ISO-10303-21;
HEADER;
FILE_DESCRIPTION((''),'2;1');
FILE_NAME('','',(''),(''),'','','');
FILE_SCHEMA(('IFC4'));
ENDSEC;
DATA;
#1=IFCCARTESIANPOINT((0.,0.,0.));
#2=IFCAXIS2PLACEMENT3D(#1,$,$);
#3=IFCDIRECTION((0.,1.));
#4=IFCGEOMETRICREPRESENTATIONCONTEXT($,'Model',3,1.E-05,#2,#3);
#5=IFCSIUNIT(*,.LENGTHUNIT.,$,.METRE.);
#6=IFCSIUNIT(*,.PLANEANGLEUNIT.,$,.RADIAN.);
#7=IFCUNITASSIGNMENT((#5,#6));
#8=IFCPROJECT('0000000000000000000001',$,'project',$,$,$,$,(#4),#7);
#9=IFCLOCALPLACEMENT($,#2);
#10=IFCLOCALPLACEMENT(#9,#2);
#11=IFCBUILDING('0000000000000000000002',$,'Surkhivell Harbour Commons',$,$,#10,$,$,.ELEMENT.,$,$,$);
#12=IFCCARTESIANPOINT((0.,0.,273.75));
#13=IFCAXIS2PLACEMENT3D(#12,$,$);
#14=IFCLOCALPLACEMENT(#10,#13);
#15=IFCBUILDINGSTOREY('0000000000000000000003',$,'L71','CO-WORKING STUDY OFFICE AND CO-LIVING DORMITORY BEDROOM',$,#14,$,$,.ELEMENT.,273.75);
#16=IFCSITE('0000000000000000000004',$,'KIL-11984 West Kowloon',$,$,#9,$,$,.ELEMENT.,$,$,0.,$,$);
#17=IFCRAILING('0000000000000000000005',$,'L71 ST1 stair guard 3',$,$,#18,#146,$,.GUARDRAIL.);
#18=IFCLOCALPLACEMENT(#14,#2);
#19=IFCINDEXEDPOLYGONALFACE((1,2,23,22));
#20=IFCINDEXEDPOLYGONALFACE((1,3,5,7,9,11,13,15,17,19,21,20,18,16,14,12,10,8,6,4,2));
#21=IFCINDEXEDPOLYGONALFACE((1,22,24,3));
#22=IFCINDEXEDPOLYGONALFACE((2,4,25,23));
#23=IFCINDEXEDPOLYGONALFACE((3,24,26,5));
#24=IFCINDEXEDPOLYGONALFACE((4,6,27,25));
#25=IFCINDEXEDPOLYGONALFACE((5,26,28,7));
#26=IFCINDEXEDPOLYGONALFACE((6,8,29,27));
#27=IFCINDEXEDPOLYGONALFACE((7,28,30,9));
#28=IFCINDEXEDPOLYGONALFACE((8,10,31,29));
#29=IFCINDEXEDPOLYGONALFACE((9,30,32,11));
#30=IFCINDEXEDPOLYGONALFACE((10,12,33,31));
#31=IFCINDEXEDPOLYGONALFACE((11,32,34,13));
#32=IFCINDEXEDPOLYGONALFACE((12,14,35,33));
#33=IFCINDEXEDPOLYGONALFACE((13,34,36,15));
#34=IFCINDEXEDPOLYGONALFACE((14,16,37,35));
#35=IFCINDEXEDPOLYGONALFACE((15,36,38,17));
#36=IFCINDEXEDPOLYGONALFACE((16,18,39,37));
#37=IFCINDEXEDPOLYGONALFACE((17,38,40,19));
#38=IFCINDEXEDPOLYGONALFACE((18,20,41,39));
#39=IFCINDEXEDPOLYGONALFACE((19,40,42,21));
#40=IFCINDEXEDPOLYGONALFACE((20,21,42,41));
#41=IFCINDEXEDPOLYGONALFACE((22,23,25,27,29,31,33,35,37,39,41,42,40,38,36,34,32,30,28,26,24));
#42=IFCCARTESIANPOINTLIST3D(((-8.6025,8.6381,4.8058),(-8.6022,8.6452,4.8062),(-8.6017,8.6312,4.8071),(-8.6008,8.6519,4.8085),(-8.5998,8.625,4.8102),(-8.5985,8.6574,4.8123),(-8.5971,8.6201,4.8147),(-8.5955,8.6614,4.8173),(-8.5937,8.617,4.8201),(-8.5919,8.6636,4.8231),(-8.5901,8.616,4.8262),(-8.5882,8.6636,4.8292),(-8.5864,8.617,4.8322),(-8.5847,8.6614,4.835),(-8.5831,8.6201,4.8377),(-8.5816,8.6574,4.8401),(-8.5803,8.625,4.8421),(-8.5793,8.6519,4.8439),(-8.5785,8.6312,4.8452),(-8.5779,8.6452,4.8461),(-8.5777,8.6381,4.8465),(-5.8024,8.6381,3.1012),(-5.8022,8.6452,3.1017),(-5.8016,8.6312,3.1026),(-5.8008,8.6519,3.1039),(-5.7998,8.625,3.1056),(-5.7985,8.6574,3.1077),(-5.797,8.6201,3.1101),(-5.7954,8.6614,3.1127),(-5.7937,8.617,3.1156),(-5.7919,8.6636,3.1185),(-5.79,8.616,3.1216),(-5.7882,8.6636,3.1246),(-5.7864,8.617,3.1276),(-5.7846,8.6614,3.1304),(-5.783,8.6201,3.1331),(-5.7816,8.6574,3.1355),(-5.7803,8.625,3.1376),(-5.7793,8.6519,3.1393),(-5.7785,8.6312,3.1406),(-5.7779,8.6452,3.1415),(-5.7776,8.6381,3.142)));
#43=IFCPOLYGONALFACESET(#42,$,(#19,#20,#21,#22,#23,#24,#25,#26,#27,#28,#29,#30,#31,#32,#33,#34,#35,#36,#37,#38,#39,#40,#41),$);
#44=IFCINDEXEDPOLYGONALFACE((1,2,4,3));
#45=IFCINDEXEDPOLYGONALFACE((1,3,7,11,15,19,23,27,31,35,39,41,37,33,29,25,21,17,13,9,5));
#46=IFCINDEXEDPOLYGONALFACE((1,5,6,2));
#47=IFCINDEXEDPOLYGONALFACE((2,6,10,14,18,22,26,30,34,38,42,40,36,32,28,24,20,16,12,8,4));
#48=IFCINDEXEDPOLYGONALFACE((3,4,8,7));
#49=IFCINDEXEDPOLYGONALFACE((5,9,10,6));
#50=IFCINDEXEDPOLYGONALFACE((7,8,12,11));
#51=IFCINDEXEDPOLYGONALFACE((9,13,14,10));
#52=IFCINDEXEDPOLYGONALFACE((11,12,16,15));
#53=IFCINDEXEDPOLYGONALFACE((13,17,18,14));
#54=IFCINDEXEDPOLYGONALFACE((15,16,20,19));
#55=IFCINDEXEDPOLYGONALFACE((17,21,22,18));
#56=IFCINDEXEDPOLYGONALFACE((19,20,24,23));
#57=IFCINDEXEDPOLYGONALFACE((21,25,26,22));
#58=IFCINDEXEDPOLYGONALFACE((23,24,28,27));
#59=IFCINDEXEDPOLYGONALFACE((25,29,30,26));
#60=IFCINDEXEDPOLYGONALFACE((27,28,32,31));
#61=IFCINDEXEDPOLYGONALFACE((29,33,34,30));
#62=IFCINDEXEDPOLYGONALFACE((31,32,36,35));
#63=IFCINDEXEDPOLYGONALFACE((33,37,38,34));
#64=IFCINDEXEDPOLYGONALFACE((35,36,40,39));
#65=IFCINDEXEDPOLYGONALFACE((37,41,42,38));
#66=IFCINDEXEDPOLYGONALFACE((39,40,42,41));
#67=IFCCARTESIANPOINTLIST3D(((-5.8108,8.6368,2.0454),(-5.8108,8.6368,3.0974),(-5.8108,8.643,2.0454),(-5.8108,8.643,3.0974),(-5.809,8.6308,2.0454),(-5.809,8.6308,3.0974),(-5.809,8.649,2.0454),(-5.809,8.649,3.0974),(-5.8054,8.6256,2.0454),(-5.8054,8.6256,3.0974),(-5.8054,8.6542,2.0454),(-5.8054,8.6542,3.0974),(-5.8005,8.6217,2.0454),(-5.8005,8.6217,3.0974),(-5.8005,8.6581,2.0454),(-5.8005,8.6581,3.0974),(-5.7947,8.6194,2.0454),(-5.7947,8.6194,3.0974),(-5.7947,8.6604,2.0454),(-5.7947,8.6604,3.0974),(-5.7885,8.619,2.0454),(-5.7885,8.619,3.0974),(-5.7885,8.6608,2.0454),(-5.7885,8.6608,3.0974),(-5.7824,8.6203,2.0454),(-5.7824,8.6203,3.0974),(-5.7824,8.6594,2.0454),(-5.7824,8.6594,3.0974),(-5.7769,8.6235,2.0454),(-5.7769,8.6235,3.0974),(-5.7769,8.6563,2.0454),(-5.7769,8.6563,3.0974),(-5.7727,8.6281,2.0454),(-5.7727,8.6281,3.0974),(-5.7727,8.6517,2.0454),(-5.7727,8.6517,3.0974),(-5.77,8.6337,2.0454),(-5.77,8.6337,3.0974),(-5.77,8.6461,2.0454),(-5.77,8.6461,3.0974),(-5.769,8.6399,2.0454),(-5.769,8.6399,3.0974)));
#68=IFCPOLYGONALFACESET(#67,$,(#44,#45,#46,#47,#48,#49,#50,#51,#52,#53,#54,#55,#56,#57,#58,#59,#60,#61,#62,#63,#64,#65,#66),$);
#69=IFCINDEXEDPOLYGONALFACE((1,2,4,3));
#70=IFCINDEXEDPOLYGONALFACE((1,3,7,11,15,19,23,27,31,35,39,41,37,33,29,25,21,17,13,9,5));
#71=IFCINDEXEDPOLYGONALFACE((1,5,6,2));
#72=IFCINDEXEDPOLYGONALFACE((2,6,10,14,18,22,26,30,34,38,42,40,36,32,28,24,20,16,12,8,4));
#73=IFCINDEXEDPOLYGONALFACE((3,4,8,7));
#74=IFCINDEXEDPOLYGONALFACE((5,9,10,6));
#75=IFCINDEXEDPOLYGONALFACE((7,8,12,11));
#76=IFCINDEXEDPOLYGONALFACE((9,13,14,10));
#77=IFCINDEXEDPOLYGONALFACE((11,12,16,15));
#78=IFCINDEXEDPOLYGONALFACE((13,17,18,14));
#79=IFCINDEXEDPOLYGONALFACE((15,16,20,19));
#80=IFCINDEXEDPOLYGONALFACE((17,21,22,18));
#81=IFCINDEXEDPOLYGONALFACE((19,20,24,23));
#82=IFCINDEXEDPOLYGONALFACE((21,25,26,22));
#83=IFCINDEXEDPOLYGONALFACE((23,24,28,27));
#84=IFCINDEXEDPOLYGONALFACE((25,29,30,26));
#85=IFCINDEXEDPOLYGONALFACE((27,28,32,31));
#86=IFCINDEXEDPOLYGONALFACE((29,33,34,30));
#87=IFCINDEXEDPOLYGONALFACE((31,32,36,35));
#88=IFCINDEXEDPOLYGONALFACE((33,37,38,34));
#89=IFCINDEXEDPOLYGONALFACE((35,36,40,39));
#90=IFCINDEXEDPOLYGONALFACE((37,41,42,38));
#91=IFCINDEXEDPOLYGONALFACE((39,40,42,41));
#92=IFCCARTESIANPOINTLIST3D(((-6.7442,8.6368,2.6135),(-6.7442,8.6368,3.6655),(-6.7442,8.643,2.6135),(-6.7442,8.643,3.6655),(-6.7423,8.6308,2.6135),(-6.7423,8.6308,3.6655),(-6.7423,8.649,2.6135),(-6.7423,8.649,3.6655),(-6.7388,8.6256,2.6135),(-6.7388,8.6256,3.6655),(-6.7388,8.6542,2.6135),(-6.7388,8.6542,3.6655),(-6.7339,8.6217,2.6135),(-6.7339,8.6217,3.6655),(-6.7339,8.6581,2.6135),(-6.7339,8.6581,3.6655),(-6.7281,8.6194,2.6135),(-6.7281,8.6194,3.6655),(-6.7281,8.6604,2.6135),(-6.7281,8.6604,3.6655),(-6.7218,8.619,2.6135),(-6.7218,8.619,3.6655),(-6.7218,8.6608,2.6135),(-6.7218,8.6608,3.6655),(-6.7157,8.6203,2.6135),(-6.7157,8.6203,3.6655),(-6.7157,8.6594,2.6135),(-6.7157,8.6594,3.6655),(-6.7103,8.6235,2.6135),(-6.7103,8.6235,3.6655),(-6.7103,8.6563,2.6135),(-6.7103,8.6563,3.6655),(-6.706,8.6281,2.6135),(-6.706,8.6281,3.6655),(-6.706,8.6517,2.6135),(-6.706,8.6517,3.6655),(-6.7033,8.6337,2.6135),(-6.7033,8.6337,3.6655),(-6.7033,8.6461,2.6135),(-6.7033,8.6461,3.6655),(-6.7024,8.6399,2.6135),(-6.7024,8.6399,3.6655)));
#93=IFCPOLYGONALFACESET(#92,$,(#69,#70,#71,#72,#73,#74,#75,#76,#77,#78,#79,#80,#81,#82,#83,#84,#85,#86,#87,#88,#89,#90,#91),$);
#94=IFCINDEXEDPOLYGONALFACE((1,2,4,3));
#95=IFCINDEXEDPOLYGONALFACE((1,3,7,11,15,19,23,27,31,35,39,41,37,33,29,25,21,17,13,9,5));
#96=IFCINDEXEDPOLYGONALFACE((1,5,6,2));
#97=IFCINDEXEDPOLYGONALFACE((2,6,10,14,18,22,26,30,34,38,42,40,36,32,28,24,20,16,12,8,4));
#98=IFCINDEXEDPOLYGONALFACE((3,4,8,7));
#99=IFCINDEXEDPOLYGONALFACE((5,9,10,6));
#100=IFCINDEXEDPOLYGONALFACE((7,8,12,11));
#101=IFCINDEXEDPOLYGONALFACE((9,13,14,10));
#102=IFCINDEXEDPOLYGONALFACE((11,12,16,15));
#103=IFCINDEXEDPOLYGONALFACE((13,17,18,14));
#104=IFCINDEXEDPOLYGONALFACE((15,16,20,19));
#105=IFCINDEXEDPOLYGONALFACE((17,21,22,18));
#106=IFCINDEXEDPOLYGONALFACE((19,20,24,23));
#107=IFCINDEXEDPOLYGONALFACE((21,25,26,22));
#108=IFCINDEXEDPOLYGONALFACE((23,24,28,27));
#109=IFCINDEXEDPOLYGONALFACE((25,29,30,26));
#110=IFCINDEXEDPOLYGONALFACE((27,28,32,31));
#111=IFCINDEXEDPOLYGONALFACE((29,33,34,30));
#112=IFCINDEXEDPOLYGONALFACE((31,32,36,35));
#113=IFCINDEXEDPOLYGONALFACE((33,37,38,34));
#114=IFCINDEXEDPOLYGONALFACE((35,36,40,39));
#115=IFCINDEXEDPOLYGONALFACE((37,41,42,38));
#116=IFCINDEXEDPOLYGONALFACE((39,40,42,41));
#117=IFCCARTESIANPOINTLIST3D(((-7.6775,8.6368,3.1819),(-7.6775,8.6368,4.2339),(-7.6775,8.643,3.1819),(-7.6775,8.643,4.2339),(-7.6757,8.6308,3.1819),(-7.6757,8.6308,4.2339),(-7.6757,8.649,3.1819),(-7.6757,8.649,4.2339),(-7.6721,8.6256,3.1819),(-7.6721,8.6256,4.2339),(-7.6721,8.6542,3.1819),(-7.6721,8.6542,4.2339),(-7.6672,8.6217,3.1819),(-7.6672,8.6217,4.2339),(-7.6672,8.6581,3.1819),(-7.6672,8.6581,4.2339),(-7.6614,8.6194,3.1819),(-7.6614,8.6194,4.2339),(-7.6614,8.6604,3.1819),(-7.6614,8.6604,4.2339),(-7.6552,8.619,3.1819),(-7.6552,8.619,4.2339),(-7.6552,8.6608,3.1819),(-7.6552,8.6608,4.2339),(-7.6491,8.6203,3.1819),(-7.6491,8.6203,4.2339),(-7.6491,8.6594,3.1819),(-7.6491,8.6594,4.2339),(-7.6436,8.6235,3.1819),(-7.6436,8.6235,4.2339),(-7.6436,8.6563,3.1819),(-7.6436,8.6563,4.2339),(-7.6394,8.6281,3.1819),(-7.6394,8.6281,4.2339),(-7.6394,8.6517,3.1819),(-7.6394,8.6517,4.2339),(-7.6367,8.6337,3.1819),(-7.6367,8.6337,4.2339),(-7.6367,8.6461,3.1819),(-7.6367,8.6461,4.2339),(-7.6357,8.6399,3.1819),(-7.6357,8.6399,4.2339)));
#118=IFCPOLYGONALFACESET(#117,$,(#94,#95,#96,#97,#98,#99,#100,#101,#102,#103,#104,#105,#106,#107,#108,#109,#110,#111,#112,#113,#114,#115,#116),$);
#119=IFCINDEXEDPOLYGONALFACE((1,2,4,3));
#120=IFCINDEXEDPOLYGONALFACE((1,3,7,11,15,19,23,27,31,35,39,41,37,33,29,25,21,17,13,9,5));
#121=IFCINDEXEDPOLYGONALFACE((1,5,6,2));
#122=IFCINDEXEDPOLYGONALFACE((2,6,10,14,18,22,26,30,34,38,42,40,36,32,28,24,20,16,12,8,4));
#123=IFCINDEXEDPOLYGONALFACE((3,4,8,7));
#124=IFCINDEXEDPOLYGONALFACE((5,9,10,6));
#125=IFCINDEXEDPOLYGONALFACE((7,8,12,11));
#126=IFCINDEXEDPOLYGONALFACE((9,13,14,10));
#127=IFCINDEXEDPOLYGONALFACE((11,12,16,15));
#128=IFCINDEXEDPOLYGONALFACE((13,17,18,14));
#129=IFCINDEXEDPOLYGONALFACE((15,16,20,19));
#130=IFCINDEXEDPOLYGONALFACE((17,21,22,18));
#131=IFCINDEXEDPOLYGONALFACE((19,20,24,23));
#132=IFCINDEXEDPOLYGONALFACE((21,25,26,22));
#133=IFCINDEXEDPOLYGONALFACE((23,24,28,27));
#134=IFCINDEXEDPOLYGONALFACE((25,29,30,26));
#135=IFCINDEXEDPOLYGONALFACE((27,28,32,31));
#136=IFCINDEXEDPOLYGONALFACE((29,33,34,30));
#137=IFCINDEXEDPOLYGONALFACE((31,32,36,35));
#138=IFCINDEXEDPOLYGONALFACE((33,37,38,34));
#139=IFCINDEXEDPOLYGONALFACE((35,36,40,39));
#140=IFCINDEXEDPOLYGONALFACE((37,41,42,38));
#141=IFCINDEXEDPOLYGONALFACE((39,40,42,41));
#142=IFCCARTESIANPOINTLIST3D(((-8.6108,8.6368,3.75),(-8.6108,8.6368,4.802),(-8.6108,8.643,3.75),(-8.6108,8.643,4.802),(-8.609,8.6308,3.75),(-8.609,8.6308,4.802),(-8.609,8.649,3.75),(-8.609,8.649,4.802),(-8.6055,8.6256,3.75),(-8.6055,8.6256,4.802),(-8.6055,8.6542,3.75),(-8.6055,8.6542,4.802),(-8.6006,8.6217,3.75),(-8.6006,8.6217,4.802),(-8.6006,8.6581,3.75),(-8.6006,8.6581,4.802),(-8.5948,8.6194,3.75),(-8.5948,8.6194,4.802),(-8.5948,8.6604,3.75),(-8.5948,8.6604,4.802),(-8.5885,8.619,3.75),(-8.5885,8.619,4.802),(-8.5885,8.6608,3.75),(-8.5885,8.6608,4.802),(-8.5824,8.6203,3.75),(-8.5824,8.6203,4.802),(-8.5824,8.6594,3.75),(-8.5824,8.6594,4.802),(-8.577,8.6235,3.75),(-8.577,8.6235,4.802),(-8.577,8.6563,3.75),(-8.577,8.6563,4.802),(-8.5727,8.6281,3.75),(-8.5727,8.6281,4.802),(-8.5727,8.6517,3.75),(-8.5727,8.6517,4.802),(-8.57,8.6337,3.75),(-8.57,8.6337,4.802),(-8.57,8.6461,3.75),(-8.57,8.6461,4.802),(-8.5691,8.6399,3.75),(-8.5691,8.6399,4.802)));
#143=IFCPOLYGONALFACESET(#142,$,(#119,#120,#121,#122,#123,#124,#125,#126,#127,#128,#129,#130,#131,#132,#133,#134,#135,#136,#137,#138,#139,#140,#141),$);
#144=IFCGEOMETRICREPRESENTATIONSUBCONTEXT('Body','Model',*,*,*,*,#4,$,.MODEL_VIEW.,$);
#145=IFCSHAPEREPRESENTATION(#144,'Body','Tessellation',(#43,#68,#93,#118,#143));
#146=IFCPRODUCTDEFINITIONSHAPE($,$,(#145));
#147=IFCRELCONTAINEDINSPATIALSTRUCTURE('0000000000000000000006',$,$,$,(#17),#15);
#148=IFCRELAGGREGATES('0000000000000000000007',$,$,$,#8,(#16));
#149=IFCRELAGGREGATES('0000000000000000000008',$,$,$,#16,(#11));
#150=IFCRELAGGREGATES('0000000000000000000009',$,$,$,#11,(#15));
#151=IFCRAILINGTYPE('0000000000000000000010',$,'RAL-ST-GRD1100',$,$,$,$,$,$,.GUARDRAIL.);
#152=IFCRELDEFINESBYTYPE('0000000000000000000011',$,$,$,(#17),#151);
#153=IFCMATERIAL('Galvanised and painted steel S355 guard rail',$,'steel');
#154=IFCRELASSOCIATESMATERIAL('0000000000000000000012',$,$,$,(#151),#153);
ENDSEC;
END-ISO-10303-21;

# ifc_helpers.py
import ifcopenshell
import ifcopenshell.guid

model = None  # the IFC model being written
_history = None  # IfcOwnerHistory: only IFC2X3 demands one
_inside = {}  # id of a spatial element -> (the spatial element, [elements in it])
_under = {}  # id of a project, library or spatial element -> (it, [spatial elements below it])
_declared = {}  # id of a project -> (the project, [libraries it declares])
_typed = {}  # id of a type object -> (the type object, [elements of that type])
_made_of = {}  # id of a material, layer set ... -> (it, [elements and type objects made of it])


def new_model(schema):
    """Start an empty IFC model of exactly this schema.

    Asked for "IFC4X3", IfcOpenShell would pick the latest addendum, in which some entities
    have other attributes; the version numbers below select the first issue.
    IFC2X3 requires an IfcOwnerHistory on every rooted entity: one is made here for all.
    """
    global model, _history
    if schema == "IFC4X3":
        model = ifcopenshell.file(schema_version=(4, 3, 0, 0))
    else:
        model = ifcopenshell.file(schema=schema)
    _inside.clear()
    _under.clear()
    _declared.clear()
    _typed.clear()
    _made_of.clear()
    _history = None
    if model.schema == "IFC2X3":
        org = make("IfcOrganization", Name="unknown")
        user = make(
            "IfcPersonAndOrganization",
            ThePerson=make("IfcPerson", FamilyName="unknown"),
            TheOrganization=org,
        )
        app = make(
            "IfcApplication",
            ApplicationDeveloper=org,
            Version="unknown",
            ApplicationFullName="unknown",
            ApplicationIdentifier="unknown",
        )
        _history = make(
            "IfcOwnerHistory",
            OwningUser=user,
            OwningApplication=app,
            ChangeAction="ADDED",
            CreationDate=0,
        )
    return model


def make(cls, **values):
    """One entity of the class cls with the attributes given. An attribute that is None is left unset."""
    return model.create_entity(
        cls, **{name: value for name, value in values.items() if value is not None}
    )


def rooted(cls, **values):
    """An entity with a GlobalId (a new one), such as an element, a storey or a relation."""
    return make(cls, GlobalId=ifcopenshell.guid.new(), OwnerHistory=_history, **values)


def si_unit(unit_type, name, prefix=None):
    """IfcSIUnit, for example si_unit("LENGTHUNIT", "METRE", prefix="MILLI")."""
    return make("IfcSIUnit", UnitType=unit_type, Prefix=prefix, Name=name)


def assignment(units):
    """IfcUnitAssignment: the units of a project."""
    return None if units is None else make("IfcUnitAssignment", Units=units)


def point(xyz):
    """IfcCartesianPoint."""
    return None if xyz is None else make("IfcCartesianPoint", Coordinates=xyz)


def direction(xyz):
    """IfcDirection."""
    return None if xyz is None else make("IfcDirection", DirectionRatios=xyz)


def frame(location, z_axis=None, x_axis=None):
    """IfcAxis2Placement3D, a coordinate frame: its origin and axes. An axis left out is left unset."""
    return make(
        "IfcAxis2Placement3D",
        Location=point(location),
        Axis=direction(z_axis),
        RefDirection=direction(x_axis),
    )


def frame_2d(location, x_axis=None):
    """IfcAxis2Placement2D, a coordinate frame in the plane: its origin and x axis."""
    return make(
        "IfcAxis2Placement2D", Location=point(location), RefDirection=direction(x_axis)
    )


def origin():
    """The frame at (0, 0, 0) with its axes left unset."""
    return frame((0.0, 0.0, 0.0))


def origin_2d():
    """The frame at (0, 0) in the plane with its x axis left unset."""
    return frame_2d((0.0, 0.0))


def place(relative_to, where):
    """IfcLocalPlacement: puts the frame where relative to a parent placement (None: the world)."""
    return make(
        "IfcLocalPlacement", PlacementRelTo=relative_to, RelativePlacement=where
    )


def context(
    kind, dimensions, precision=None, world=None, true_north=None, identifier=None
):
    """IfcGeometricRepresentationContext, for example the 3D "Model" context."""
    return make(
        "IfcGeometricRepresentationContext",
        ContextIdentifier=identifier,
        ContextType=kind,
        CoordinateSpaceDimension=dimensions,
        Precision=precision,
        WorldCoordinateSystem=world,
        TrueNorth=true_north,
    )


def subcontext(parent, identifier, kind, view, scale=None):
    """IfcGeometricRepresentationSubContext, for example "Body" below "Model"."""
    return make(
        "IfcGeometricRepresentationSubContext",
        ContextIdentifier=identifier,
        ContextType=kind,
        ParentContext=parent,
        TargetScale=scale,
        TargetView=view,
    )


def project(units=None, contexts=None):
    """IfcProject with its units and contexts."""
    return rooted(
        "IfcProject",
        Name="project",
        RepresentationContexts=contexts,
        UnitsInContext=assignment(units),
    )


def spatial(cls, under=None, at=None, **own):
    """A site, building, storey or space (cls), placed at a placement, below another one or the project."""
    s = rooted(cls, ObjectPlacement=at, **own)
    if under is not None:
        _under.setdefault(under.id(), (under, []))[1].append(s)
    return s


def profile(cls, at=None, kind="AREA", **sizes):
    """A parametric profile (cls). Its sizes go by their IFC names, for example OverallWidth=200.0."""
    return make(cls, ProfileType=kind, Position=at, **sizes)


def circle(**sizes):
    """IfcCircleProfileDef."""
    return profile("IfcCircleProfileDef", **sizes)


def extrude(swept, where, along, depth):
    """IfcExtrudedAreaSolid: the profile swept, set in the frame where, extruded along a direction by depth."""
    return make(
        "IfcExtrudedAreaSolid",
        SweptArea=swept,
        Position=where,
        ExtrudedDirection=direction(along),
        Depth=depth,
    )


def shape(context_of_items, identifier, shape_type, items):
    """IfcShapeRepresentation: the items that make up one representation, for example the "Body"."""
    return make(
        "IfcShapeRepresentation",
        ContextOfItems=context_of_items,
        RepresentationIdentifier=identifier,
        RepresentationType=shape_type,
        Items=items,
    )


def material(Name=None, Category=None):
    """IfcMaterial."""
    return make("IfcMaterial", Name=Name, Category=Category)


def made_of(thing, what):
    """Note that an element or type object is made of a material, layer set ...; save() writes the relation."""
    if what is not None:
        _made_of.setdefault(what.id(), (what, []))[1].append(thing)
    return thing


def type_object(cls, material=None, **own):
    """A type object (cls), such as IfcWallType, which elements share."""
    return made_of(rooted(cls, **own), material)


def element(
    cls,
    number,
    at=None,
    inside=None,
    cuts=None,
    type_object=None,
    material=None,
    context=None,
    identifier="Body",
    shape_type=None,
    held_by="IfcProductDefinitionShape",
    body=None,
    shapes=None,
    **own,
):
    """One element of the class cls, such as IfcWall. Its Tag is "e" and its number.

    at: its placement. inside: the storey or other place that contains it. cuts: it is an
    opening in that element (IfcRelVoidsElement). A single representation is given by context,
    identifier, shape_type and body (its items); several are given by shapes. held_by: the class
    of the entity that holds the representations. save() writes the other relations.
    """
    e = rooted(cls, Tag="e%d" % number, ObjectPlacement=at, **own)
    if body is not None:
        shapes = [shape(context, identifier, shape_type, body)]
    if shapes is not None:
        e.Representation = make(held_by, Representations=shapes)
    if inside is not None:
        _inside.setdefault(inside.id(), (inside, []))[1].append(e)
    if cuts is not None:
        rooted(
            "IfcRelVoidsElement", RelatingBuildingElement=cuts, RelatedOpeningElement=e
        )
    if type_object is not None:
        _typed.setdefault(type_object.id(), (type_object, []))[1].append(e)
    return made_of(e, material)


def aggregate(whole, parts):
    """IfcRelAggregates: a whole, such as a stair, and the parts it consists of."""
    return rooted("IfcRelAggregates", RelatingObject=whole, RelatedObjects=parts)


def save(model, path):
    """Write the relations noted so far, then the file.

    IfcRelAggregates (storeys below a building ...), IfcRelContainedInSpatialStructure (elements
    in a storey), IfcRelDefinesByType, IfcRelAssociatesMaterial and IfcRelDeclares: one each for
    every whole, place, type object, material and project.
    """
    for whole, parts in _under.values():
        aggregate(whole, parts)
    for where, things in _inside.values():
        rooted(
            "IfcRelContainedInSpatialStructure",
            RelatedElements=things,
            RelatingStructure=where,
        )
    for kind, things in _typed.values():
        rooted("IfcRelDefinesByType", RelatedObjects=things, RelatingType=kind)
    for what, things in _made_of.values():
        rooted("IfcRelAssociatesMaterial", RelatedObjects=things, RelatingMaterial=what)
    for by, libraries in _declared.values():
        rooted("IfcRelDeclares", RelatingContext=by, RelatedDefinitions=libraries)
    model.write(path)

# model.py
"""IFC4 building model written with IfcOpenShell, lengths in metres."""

from ifc_helpers import new_model, si_unit, direction, frame, origin, origin_2d, place, context, subcontext, project, spatial, circle, extrude, material, type_object, element, save


model = new_model("IFC4")

# Units and contexts
model_context = context("Model", 3, precision=1e-05, world=origin(), true_north=direction((0.0, 1.0)))
body_context = subcontext(model_context, "Body", "Model", "MODEL_VIEW")
ifc_project = project(units=[si_unit("LENGTHUNIT", "METRE"), si_unit("PLANEANGLEUNIT", "RADIAN")], contexts=[model_context])

# Site, building, storey
site_placement = place(None, origin())
site = spatial("IfcSite", under=ifc_project, at=site_placement, Name="KIL-11984 West Kowloon", CompositionType="ELEMENT", RefElevation=0.0)
building_placement = place(site_placement, origin())
building = spatial("IfcBuilding", under=site, at=building_placement, Name="Surkhivell Harbour Commons", CompositionType="ELEMENT")
storey_placement = place(building_placement, frame((0.0, 0.0, 273.75)))
storey = spatial("IfcBuildingStorey", under=building, at=storey_placement, Name="L71", Description="CO-WORKING STUDY OFFICE AND CO-LIVING DORMITORY BEDROOM", CompositionType="ELEMENT", Elevation=273.75)

# Railing
ifc_material_1 = material(Name="Galvanised and painted steel S355 guard rail", Category="steel")
railing_type_1 = type_object("IfcRailingType", Name="RAL-ST-GRD1100", PredefinedType="GUARDRAIL", material=ifc_material_1)
railing_1_placement = place(storey_placement, frame((-5.79, 8.6399, 2.0454)))
element("IfcRailing", 1, at=railing_1_placement, inside=storey, type_object=railing_type_1, Name="L71 ST1 stair guard 3", PredefinedType="GUARDRAIL", context=body_context, shape_type="SweptSolid", body=[
    extrude(circle(Radius=0.0239, at=origin_2d()), frame((0.0, 0.0, 1.0762), z_axis=(-0.85417, 0.0, 0.519994), x_axis=(0.0, -1.0, 0.0)), (0.0, 0.0, 1.0), 3.2781),
    extrude(circle(Radius=0.021, at=origin_2d()), origin(), (0.0, 0.0, 1.0), 1.052),
    extrude(circle(Radius=0.021, at=origin_2d()), frame((-0.9333, 0.0, 0.5681)), (0.0, 0.0, 1.0), 1.052),
    extrude(circle(Radius=0.021, at=origin_2d()), frame((-1.8667, 0.0, 1.1365)), (0.0, 0.0, 1.0), 1.052),
    extrude(circle(Radius=0.021, at=origin_2d()), frame((-2.8, 0.0, 1.7046)), (0.0, 0.0, 1.0), 1.052),
])

save(model, "model.ifc")
